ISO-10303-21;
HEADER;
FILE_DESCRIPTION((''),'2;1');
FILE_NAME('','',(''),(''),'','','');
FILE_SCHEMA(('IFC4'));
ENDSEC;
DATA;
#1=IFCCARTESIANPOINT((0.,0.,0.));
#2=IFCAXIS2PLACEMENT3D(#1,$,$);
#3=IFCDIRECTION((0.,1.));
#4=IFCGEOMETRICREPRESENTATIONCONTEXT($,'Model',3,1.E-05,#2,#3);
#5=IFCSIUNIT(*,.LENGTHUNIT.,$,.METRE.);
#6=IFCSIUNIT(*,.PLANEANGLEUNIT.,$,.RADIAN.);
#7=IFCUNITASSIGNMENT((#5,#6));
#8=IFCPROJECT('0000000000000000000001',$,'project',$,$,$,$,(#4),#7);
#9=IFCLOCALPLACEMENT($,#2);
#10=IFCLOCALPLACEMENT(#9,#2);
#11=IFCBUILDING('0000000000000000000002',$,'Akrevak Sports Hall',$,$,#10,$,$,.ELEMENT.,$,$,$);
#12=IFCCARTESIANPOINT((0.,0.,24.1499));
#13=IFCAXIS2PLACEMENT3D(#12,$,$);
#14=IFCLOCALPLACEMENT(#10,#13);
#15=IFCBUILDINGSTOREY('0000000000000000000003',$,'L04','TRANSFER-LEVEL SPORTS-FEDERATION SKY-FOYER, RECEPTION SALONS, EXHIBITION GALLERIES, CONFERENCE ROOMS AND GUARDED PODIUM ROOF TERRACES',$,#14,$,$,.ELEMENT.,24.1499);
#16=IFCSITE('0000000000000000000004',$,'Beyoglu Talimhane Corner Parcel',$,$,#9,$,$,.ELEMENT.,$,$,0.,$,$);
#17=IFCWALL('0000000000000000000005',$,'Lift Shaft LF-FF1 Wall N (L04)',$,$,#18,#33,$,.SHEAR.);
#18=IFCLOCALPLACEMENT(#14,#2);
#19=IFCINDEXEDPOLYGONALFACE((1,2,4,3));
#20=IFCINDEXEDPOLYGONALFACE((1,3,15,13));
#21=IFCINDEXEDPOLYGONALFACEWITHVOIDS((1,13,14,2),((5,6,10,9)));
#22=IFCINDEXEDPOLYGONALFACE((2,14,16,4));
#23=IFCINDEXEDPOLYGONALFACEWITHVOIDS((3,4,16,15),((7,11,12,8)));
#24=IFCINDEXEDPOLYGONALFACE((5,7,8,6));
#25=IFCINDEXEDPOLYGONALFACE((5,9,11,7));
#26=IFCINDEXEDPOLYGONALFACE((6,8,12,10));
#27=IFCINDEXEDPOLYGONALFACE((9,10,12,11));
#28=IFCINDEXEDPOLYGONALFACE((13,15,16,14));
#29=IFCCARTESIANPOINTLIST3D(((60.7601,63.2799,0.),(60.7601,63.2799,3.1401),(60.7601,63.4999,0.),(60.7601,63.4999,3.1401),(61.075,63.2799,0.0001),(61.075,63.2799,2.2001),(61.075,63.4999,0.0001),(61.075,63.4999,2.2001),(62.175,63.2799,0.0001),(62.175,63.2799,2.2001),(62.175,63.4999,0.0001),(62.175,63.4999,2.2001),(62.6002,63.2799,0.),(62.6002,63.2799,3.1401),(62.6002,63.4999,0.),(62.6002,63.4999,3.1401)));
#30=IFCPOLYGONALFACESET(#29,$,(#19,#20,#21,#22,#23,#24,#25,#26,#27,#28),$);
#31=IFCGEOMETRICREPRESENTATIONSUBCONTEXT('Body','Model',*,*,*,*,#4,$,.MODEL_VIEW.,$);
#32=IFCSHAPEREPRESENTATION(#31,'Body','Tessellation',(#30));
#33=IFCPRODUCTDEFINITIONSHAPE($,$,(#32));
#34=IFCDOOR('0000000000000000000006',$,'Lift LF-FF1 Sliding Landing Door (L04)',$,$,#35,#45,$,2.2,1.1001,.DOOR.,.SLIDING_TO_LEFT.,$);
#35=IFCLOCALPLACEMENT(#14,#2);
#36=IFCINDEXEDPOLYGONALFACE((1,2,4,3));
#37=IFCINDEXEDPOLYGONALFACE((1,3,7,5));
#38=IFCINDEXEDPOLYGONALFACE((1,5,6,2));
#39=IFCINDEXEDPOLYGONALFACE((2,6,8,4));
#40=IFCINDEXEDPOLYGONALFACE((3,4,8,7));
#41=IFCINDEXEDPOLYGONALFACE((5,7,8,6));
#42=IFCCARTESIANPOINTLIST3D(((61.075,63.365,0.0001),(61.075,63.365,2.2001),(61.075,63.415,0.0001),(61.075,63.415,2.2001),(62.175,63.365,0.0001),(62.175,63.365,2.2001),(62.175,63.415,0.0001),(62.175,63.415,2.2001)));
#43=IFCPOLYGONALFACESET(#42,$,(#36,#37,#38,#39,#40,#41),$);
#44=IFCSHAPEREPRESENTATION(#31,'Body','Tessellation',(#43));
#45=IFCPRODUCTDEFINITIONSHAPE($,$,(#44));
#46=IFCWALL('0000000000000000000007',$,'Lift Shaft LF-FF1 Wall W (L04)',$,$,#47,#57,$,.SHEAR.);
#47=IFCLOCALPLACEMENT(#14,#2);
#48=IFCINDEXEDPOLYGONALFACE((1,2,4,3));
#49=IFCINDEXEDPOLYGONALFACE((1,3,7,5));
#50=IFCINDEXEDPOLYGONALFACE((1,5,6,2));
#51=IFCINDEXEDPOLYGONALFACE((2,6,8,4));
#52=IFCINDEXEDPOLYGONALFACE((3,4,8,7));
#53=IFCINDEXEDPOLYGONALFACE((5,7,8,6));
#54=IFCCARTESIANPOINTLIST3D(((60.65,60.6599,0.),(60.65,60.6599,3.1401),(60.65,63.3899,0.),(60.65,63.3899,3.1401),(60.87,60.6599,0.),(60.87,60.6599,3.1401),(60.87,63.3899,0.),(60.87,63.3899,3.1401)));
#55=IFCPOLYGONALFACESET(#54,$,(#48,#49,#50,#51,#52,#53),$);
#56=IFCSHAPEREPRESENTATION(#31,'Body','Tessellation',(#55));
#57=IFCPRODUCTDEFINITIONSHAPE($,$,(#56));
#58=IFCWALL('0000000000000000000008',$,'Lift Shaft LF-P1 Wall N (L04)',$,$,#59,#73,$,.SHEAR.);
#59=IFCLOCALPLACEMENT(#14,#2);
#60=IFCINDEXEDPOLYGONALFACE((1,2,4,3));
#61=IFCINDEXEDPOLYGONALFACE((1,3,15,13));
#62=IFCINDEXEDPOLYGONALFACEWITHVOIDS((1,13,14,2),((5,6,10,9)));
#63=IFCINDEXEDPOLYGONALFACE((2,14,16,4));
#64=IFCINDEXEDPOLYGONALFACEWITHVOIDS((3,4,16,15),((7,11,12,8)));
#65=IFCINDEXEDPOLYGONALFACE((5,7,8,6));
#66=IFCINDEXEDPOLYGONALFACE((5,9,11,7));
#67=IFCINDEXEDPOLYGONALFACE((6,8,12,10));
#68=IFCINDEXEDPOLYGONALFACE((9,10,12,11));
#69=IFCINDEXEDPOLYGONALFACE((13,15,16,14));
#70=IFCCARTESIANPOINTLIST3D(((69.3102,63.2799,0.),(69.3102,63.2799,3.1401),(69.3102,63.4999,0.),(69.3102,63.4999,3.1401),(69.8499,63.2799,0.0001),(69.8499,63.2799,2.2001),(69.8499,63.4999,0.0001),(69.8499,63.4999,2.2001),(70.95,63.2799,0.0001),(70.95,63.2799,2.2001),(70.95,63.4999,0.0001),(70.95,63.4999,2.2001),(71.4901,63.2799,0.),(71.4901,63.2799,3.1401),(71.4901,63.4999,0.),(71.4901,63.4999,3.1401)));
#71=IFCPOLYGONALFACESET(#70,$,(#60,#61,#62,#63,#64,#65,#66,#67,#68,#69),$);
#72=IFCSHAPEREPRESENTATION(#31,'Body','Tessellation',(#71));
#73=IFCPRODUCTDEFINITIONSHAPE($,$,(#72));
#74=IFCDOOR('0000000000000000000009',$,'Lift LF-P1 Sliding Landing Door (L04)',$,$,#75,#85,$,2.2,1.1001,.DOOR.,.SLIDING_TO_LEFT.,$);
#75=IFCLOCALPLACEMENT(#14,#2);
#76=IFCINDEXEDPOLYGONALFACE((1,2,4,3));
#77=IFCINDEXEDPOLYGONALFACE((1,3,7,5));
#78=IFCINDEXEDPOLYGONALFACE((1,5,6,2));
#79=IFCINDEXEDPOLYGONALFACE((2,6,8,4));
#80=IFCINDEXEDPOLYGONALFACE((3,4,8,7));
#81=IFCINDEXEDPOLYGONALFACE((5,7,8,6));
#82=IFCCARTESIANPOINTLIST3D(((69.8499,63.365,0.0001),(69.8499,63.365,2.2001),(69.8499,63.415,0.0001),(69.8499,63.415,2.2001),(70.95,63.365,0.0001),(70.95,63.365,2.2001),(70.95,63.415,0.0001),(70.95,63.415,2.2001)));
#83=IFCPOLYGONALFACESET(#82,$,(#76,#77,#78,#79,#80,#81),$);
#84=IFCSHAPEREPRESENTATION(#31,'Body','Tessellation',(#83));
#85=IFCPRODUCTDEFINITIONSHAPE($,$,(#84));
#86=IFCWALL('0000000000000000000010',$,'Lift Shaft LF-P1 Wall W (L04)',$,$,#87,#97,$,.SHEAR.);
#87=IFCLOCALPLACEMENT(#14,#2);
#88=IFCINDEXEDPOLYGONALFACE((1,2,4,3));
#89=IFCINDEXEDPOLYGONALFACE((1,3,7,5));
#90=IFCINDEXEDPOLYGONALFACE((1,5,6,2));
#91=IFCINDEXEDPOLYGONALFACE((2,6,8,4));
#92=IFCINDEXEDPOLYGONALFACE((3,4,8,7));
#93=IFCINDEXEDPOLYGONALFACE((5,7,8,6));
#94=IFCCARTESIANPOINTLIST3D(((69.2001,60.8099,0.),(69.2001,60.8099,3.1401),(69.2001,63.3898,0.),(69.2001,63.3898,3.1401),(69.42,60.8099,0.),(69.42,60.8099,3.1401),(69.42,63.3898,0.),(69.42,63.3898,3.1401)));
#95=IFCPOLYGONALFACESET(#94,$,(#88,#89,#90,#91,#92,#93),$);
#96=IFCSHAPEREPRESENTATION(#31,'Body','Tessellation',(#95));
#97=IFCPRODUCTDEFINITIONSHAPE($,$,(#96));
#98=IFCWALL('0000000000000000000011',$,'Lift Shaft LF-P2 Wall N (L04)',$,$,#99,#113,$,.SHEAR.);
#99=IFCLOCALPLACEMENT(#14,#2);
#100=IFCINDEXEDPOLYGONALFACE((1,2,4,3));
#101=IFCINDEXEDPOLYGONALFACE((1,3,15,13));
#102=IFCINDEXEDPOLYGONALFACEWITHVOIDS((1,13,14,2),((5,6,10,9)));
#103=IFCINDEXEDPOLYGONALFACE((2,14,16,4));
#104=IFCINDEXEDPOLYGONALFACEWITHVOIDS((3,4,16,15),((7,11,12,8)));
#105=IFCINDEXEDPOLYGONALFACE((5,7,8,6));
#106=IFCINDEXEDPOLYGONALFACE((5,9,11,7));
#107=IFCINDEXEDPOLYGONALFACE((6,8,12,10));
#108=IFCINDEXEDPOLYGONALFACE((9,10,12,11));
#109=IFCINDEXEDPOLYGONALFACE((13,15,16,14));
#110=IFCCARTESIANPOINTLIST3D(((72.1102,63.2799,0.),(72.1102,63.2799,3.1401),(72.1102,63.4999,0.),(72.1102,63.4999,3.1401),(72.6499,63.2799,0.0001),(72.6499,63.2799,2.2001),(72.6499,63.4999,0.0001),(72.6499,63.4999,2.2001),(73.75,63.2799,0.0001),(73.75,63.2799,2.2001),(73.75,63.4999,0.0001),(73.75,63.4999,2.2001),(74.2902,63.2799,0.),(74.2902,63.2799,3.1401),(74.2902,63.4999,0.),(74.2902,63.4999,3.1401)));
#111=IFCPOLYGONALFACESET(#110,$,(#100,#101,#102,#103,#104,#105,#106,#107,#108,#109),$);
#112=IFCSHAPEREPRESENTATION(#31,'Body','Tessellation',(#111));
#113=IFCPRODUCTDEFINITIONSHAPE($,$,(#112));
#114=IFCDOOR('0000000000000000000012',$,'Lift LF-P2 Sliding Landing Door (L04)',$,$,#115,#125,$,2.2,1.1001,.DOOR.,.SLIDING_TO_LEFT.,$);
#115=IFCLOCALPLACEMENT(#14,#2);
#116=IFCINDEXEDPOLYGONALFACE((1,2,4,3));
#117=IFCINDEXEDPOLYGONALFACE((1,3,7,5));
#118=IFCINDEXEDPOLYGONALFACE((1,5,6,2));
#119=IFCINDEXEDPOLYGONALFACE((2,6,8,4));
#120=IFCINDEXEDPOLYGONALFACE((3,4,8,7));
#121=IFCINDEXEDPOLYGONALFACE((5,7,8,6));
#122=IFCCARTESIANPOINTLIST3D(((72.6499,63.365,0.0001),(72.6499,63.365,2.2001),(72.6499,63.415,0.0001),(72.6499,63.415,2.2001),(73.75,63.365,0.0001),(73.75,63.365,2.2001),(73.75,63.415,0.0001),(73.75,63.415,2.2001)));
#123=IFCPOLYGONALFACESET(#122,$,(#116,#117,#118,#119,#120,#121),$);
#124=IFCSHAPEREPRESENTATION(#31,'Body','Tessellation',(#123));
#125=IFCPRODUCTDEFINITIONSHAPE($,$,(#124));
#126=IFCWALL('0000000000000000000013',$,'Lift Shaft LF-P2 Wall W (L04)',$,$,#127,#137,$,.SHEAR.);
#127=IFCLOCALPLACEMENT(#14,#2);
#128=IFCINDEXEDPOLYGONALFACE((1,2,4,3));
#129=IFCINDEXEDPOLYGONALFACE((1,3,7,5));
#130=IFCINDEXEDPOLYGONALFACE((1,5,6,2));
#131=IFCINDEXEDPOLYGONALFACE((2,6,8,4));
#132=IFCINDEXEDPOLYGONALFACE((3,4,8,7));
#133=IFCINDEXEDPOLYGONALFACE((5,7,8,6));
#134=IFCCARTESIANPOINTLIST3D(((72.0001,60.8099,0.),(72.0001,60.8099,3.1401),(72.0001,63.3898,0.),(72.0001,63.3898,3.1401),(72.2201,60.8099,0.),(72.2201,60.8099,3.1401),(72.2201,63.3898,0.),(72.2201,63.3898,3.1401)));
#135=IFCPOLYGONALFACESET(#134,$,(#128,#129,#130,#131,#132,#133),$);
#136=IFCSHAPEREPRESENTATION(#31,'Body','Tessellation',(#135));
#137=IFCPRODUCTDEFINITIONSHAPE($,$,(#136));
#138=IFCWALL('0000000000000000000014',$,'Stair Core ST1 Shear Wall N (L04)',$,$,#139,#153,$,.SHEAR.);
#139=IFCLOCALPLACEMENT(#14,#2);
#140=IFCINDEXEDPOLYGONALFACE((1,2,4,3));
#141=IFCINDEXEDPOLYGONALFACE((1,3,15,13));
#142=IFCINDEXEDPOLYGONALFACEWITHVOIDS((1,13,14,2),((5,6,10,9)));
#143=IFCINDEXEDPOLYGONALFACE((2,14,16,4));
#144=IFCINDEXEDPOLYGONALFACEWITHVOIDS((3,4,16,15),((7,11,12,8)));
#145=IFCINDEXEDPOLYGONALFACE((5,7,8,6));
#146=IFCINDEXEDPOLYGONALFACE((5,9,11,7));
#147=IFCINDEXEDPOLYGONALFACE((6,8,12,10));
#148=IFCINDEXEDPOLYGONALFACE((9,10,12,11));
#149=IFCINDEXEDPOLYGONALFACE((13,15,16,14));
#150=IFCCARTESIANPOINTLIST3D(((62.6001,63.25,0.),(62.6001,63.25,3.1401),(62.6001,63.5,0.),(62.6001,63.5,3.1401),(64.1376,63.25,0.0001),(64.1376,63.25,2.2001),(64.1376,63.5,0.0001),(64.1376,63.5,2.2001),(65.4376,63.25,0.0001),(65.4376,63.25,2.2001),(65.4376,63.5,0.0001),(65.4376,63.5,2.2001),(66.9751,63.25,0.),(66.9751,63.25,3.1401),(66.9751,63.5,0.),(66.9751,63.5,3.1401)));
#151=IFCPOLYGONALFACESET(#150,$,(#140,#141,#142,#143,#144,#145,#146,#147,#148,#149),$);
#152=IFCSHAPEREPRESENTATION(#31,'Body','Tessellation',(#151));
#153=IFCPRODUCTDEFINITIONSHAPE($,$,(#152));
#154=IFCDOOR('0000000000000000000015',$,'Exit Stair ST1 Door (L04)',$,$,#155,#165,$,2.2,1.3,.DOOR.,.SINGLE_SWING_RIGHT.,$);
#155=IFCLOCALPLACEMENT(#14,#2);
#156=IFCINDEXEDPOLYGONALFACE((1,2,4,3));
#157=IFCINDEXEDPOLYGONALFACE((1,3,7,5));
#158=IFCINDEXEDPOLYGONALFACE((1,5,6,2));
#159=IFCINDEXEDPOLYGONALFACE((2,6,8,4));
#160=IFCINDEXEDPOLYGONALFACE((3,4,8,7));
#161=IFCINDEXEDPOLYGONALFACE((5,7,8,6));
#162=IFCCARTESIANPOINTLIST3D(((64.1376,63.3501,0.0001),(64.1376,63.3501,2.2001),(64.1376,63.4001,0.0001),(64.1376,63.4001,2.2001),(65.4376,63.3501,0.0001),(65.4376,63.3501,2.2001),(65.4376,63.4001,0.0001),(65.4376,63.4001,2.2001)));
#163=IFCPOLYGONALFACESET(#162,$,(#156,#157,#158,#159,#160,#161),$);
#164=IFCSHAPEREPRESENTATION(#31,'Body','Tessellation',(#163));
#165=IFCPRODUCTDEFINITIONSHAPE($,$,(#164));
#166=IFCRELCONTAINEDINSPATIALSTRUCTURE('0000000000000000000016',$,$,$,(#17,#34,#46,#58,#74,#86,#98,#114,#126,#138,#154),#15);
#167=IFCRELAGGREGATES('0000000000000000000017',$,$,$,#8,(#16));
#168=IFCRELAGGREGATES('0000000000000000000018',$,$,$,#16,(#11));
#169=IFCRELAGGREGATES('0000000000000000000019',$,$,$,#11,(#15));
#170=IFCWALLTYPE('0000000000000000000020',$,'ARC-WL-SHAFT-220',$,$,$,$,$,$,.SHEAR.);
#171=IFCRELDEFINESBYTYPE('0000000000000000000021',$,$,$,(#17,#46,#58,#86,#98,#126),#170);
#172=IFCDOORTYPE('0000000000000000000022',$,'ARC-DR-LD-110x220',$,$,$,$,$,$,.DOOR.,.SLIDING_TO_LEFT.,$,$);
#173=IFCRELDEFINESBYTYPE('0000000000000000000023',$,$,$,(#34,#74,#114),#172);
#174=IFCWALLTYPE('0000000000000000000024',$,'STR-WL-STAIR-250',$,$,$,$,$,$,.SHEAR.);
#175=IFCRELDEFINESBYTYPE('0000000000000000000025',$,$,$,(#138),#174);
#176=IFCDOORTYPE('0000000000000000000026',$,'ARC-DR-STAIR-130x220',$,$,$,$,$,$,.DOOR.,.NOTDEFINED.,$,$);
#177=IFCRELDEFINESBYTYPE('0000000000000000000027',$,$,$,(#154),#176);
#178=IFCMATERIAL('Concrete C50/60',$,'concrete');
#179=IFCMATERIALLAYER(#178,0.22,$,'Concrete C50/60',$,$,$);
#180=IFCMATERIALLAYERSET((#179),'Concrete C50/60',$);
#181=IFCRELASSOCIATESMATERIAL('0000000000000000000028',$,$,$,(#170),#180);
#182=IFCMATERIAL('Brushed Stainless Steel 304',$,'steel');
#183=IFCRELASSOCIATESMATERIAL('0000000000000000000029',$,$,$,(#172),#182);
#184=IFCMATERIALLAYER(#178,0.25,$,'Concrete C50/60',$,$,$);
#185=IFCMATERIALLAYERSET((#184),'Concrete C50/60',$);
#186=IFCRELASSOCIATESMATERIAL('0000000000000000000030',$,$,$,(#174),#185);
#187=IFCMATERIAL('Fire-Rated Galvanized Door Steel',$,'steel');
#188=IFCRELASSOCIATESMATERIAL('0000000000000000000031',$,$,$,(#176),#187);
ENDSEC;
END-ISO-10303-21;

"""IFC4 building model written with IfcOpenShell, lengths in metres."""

from ifc_helpers import new_model, si_unit, direction, frame, frame_2d, origin, place, context, subcontext, project, spatial, rectangle, extrude, material, layer, layer_set, type_object, element, fill, save


model = new_model("IFC4")

# Units and contexts
model_context = context("Model", 3, precision=1e-05, world=origin(), true_north=direction((0.0, 1.0)))
body_context = subcontext(model_context, "Body", "Model", "MODEL_VIEW")
ifc_project = project(units=[si_unit("LENGTHUNIT", "METRE"), si_unit("PLANEANGLEUNIT", "RADIAN")], contexts=[model_context])

# Site, building, storey
site_placement = place(None, origin())
site = spatial("IfcSite", under=ifc_project, at=site_placement, Name="Beyoglu Talimhane Corner Parcel", CompositionType="ELEMENT", RefElevation=0.0)
building_placement = place(site_placement, origin())
building = spatial("IfcBuilding", under=site, at=building_placement, Name="Akrevak Sports Hall", CompositionType="ELEMENT")
storey_placement = place(building_placement, frame((0.0, 0.0, 24.1499)))
storey = spatial("IfcBuildingStorey", under=building, at=storey_placement, Name="L04", Description="TRANSFER-LEVEL SPORTS-FEDERATION SKY-FOYER, RECEPTION SALONS, EXHIBITION GALLERIES, CONFERENCE ROOMS AND GUARDED PODIUM ROOF TERRACES", CompositionType="ELEMENT", Elevation=24.1499)

# Shared definitions
ifc_material_1 = material(Name="Concrete C50/60", Category="concrete")

# Shared definitions
ifc_material_2 = material(Name="Fire-Rated Galvanized Door Steel", Category="steel")

# Wall, opening, door
ifc_layer_1 = layer(ifc_material_1, 0.22, Name="Concrete C50/60")
ifc_layer_set_1 = layer_set([ifc_layer_1], Name="Concrete C50/60")
wall_type_1 = type_object("IfcWallType", Name="ARC-WL-SHAFT-220", PredefinedType="SHEAR", material=ifc_layer_set_1)
wall_1_placement = place(storey_placement, frame((62.6001, 63.3899, 0.0), z_axis=(0.0, 0.0, 1.0), x_axis=(-1.0, 0.0, 0.0)))
wall_1 = element("IfcWall", 1, at=wall_1_placement, inside=storey, type_object=wall_type_1, Name="Lift Shaft LF-FF1 Wall N (L04)", PredefinedType="SHEAR", context=body_context, shape_type="SweptSolid", body=[
    extrude(rectangle(XDim=1.8401, YDim=0.22, at=frame_2d((0.9199, 0.0))), origin(), (0.0, 0.0, 1.0), 3.1401),
])
opening_1_placement = place(wall_1_placement, frame((0.425, 0.0, 0.0)))
opening_1 = element("IfcOpeningElement", 2, at=opening_1_placement, cuts=wall_1, PredefinedType="OPENING", context=body_context, shape_type="SweptSolid", body=[
    extrude(rectangle(XDim=1.1001, YDim=2.2, at=frame_2d((0.55, 1.1001))), frame((0.0, 0.1221, 0.0), z_axis=(0.0, -1.0, 0.0), x_axis=(1.0, 0.0, 0.0)), (0.0, 0.0, 1.0), 0.2439),
])
ifc_material_3 = material(Name="Brushed Stainless Steel 304", Category="steel")
door_type_1 = type_object("IfcDoorType", Name="ARC-DR-LD-110x220", OperationType="SLIDING_TO_LEFT", PredefinedType="DOOR", material=ifc_material_3)
door_1_placement = place(opening_1_placement, origin())
door_1 = element("IfcDoor", 3, at=door_1_placement, inside=storey, type_object=door_type_1, Name="Lift LF-FF1 Sliding Landing Door (L04)", OperationType="SLIDING_TO_LEFT", OverallHeight=2.2, OverallWidth=1.1001, PredefinedType="DOOR", context=body_context, shape_type="SweptSolid", body=[
    extrude(rectangle(XDim=1.1001, YDim=2.2, at=frame_2d((0.55, 1.1001))), frame((0.0, 0.0249, 0.0), z_axis=(0.0, -1.0, 0.0), x_axis=(1.0, 0.0, 0.0)), (0.0, 0.0, 1.0), 0.05),
])
fill(opening_1, door_1)

# Wall
wall_2_placement = place(storey_placement, frame((60.76, 63.3899, 0.0), z_axis=(0.0, 0.0, 1.0), x_axis=(0.0, -1.0, 0.0)))
element("IfcWall", 4, at=wall_2_placement, inside=storey, type_object=wall_type_1, Name="Lift Shaft LF-FF1 Wall W (L04)", PredefinedType="SHEAR", context=body_context, shape_type="SweptSolid", body=[
    extrude(rectangle(XDim=2.73, YDim=0.22, at=frame_2d((1.365, 0.0))), origin(), (0.0, 0.0, 1.0), 3.1401),
])

# Wall, opening, door
wall_3_placement = place(storey_placement, frame((71.49, 63.3899, 0.0), z_axis=(0.0, 0.0, 1.0), x_axis=(-1.0, 0.0, 0.0)))
wall_3 = element("IfcWall", 5, at=wall_3_placement, inside=storey, type_object=wall_type_1, Name="Lift Shaft LF-P1 Wall N (L04)", PredefinedType="SHEAR", context=body_context, shape_type="SweptSolid", body=[
    extrude(rectangle(XDim=2.1799, YDim=0.22, at=frame_2d((1.0898, 0.0))), origin(), (0.0, 0.0, 1.0), 3.1401),
])
opening_2_placement = place(wall_3_placement, frame((0.54, 0.0, 0.0)))
opening_2 = element("IfcOpeningElement", 6, at=opening_2_placement, cuts=wall_3, PredefinedType="OPENING", context=body_context, shape_type="SweptSolid", body=[
    extrude(rectangle(XDim=1.1001, YDim=2.2, at=frame_2d((0.55, 1.1001))), frame((0.0, 0.1221, 0.0), z_axis=(0.0, -1.0, 0.0), x_axis=(1.0, 0.0, 0.0)), (0.0, 0.0, 1.0), 0.2439),
])
door_2_placement = place(opening_2_placement, origin())
door_2 = element("IfcDoor", 7, at=door_2_placement, inside=storey, type_object=door_type_1, Name="Lift LF-P1 Sliding Landing Door (L04)", OperationType="SLIDING_TO_LEFT", OverallHeight=2.2, OverallWidth=1.1001, PredefinedType="DOOR", context=body_context, shape_type="SweptSolid", body=[
    extrude(rectangle(XDim=1.1001, YDim=2.2, at=frame_2d((0.55, 1.1001))), frame((0.0, 0.0249, 0.0), z_axis=(0.0, -1.0, 0.0), x_axis=(1.0, 0.0, 0.0)), (0.0, 0.0, 1.0), 0.05),
])
fill(opening_2, door_2)

# Wall
wall_4_placement = place(storey_placement, frame((69.3101, 63.3899, 0.0), z_axis=(0.0, 0.0, 1.0), x_axis=(0.0, -1.0, 0.0)))
element("IfcWall", 8, at=wall_4_placement, inside=storey, type_object=wall_type_1, Name="Lift Shaft LF-P1 Wall W (L04)", PredefinedType="SHEAR", context=body_context, shape_type="SweptSolid", body=[
    extrude(rectangle(XDim=2.5798, YDim=0.22, at=frame_2d((1.29, 0.0))), origin(), (0.0, 0.0, 1.0), 3.1401),
])

# Wall, opening, door
wall_5_placement = place(storey_placement, frame((74.29, 63.3899, 0.0), z_axis=(0.0, 0.0, 1.0), x_axis=(-1.0, 0.0, 0.0)))
wall_5 = element("IfcWall", 9, at=wall_5_placement, inside=storey, type_object=wall_type_1, Name="Lift Shaft LF-P2 Wall N (L04)", PredefinedType="SHEAR", context=body_context, shape_type="SweptSolid", body=[
    extrude(rectangle(XDim=2.1799, YDim=0.22, at=frame_2d((1.0898, 0.0))), origin(), (0.0, 0.0, 1.0), 3.1401),
])
opening_3_placement = place(wall_5_placement, frame((0.54, 0.0, 0.0)))
opening_3 = element("IfcOpeningElement", 10, at=opening_3_placement, cuts=wall_5, PredefinedType="OPENING", context=body_context, shape_type="SweptSolid", body=[
    extrude(rectangle(XDim=1.1001, YDim=2.2, at=frame_2d((0.55, 1.1001))), frame((0.0, 0.1221, 0.0), z_axis=(0.0, -1.0, 0.0), x_axis=(1.0, 0.0, 0.0)), (0.0, 0.0, 1.0), 0.2439),
])
door_3_placement = place(opening_3_placement, origin())
door_3 = element("IfcDoor", 11, at=door_3_placement, inside=storey, type_object=door_type_1, Name="Lift LF-P2 Sliding Landing Door (L04)", OperationType="SLIDING_TO_LEFT", OverallHeight=2.2, OverallWidth=1.1001, PredefinedType="DOOR", context=body_context, shape_type="SweptSolid", body=[
    extrude(rectangle(XDim=1.1001, YDim=2.2, at=frame_2d((0.55, 1.1001))), frame((0.0, 0.0249, 0.0), z_axis=(0.0, -1.0, 0.0), x_axis=(1.0, 0.0, 0.0)), (0.0, 0.0, 1.0), 0.05),
])
fill(opening_3, door_3)

# Wall
wall_6_placement = place(storey_placement, frame((72.1101, 63.3899, 0.0), z_axis=(0.0, 0.0, 1.0), x_axis=(0.0, -1.0, 0.0)))
element("IfcWall", 12, at=wall_6_placement, inside=storey, type_object=wall_type_1, Name="Lift Shaft LF-P2 Wall W (L04)", PredefinedType="SHEAR", context=body_context, shape_type="SweptSolid", body=[
    extrude(rectangle(XDim=2.5798, YDim=0.22, at=frame_2d((1.29, 0.0))), origin(), (0.0, 0.0, 1.0), 3.1401),
])

# Wall, opening, door
ifc_layer_2 = layer(ifc_material_1, 0.25, Name="Concrete C50/60")
ifc_layer_set_2 = layer_set([ifc_layer_2], Name="Concrete C50/60")
wall_type_2 = type_object("IfcWallType", Name="STR-WL-STAIR-250", PredefinedType="SHEAR", material=ifc_layer_set_2)
wall_7_placement = place(storey_placement, frame((66.9751, 63.375, 0.0), z_axis=(0.0, 0.0, 1.0), x_axis=(-1.0, 0.0, 0.0)))
wall_7 = element("IfcWall", 13, at=wall_7_placement, inside=storey, type_object=wall_type_2, Name="Stair Core ST1 Shear Wall N (L04)", PredefinedType="SHEAR", context=body_context, shape_type="SweptSolid", body=[
    extrude(rectangle(XDim=4.375, YDim=0.25, at=frame_2d((2.1875, 0.0))), origin(), (0.0, 0.0, 1.0), 3.1401),
])
opening_4_placement = place(wall_7_placement, frame((1.5376, 0.0, 0.0)))
opening_4 = element("IfcOpeningElement", 14, at=opening_4_placement, cuts=wall_7, PredefinedType="OPENING", context=body_context, shape_type="SweptSolid", body=[
    extrude(rectangle(XDim=1.3, YDim=2.2, at=frame_2d((0.6499, 1.1001))), frame((0.0, 0.137, 0.0), z_axis=(0.0, -1.0, 0.0), x_axis=(1.0, 0.0, 0.0)), (0.0, 0.0, 1.0), 0.2739),
])
door_type_2 = type_object("IfcDoorType", Name="ARC-DR-STAIR-130x220", OperationType="NOTDEFINED", PredefinedType="DOOR", material=ifc_material_2)
door_4_placement = place(opening_4_placement, origin())
door_4 = element("IfcDoor", 15, at=door_4_placement, inside=storey, type_object=door_type_2, Name="Exit Stair ST1 Door (L04)", OperationType="SINGLE_SWING_RIGHT", OverallHeight=2.2, OverallWidth=1.3, PredefinedType="DOOR", context=body_context, shape_type="SweptSolid", body=[
    extrude(rectangle(XDim=1.3, YDim=2.2, at=frame_2d((0.6499, 1.1001))), frame((0.0, 0.0249, 0.0), z_axis=(0.0, -1.0, 0.0), x_axis=(1.0, 0.0, 0.0)), (0.0, 0.0, 1.0), 0.05),
])
fill(opening_4, door_4)

save(model, "model.ifc")
